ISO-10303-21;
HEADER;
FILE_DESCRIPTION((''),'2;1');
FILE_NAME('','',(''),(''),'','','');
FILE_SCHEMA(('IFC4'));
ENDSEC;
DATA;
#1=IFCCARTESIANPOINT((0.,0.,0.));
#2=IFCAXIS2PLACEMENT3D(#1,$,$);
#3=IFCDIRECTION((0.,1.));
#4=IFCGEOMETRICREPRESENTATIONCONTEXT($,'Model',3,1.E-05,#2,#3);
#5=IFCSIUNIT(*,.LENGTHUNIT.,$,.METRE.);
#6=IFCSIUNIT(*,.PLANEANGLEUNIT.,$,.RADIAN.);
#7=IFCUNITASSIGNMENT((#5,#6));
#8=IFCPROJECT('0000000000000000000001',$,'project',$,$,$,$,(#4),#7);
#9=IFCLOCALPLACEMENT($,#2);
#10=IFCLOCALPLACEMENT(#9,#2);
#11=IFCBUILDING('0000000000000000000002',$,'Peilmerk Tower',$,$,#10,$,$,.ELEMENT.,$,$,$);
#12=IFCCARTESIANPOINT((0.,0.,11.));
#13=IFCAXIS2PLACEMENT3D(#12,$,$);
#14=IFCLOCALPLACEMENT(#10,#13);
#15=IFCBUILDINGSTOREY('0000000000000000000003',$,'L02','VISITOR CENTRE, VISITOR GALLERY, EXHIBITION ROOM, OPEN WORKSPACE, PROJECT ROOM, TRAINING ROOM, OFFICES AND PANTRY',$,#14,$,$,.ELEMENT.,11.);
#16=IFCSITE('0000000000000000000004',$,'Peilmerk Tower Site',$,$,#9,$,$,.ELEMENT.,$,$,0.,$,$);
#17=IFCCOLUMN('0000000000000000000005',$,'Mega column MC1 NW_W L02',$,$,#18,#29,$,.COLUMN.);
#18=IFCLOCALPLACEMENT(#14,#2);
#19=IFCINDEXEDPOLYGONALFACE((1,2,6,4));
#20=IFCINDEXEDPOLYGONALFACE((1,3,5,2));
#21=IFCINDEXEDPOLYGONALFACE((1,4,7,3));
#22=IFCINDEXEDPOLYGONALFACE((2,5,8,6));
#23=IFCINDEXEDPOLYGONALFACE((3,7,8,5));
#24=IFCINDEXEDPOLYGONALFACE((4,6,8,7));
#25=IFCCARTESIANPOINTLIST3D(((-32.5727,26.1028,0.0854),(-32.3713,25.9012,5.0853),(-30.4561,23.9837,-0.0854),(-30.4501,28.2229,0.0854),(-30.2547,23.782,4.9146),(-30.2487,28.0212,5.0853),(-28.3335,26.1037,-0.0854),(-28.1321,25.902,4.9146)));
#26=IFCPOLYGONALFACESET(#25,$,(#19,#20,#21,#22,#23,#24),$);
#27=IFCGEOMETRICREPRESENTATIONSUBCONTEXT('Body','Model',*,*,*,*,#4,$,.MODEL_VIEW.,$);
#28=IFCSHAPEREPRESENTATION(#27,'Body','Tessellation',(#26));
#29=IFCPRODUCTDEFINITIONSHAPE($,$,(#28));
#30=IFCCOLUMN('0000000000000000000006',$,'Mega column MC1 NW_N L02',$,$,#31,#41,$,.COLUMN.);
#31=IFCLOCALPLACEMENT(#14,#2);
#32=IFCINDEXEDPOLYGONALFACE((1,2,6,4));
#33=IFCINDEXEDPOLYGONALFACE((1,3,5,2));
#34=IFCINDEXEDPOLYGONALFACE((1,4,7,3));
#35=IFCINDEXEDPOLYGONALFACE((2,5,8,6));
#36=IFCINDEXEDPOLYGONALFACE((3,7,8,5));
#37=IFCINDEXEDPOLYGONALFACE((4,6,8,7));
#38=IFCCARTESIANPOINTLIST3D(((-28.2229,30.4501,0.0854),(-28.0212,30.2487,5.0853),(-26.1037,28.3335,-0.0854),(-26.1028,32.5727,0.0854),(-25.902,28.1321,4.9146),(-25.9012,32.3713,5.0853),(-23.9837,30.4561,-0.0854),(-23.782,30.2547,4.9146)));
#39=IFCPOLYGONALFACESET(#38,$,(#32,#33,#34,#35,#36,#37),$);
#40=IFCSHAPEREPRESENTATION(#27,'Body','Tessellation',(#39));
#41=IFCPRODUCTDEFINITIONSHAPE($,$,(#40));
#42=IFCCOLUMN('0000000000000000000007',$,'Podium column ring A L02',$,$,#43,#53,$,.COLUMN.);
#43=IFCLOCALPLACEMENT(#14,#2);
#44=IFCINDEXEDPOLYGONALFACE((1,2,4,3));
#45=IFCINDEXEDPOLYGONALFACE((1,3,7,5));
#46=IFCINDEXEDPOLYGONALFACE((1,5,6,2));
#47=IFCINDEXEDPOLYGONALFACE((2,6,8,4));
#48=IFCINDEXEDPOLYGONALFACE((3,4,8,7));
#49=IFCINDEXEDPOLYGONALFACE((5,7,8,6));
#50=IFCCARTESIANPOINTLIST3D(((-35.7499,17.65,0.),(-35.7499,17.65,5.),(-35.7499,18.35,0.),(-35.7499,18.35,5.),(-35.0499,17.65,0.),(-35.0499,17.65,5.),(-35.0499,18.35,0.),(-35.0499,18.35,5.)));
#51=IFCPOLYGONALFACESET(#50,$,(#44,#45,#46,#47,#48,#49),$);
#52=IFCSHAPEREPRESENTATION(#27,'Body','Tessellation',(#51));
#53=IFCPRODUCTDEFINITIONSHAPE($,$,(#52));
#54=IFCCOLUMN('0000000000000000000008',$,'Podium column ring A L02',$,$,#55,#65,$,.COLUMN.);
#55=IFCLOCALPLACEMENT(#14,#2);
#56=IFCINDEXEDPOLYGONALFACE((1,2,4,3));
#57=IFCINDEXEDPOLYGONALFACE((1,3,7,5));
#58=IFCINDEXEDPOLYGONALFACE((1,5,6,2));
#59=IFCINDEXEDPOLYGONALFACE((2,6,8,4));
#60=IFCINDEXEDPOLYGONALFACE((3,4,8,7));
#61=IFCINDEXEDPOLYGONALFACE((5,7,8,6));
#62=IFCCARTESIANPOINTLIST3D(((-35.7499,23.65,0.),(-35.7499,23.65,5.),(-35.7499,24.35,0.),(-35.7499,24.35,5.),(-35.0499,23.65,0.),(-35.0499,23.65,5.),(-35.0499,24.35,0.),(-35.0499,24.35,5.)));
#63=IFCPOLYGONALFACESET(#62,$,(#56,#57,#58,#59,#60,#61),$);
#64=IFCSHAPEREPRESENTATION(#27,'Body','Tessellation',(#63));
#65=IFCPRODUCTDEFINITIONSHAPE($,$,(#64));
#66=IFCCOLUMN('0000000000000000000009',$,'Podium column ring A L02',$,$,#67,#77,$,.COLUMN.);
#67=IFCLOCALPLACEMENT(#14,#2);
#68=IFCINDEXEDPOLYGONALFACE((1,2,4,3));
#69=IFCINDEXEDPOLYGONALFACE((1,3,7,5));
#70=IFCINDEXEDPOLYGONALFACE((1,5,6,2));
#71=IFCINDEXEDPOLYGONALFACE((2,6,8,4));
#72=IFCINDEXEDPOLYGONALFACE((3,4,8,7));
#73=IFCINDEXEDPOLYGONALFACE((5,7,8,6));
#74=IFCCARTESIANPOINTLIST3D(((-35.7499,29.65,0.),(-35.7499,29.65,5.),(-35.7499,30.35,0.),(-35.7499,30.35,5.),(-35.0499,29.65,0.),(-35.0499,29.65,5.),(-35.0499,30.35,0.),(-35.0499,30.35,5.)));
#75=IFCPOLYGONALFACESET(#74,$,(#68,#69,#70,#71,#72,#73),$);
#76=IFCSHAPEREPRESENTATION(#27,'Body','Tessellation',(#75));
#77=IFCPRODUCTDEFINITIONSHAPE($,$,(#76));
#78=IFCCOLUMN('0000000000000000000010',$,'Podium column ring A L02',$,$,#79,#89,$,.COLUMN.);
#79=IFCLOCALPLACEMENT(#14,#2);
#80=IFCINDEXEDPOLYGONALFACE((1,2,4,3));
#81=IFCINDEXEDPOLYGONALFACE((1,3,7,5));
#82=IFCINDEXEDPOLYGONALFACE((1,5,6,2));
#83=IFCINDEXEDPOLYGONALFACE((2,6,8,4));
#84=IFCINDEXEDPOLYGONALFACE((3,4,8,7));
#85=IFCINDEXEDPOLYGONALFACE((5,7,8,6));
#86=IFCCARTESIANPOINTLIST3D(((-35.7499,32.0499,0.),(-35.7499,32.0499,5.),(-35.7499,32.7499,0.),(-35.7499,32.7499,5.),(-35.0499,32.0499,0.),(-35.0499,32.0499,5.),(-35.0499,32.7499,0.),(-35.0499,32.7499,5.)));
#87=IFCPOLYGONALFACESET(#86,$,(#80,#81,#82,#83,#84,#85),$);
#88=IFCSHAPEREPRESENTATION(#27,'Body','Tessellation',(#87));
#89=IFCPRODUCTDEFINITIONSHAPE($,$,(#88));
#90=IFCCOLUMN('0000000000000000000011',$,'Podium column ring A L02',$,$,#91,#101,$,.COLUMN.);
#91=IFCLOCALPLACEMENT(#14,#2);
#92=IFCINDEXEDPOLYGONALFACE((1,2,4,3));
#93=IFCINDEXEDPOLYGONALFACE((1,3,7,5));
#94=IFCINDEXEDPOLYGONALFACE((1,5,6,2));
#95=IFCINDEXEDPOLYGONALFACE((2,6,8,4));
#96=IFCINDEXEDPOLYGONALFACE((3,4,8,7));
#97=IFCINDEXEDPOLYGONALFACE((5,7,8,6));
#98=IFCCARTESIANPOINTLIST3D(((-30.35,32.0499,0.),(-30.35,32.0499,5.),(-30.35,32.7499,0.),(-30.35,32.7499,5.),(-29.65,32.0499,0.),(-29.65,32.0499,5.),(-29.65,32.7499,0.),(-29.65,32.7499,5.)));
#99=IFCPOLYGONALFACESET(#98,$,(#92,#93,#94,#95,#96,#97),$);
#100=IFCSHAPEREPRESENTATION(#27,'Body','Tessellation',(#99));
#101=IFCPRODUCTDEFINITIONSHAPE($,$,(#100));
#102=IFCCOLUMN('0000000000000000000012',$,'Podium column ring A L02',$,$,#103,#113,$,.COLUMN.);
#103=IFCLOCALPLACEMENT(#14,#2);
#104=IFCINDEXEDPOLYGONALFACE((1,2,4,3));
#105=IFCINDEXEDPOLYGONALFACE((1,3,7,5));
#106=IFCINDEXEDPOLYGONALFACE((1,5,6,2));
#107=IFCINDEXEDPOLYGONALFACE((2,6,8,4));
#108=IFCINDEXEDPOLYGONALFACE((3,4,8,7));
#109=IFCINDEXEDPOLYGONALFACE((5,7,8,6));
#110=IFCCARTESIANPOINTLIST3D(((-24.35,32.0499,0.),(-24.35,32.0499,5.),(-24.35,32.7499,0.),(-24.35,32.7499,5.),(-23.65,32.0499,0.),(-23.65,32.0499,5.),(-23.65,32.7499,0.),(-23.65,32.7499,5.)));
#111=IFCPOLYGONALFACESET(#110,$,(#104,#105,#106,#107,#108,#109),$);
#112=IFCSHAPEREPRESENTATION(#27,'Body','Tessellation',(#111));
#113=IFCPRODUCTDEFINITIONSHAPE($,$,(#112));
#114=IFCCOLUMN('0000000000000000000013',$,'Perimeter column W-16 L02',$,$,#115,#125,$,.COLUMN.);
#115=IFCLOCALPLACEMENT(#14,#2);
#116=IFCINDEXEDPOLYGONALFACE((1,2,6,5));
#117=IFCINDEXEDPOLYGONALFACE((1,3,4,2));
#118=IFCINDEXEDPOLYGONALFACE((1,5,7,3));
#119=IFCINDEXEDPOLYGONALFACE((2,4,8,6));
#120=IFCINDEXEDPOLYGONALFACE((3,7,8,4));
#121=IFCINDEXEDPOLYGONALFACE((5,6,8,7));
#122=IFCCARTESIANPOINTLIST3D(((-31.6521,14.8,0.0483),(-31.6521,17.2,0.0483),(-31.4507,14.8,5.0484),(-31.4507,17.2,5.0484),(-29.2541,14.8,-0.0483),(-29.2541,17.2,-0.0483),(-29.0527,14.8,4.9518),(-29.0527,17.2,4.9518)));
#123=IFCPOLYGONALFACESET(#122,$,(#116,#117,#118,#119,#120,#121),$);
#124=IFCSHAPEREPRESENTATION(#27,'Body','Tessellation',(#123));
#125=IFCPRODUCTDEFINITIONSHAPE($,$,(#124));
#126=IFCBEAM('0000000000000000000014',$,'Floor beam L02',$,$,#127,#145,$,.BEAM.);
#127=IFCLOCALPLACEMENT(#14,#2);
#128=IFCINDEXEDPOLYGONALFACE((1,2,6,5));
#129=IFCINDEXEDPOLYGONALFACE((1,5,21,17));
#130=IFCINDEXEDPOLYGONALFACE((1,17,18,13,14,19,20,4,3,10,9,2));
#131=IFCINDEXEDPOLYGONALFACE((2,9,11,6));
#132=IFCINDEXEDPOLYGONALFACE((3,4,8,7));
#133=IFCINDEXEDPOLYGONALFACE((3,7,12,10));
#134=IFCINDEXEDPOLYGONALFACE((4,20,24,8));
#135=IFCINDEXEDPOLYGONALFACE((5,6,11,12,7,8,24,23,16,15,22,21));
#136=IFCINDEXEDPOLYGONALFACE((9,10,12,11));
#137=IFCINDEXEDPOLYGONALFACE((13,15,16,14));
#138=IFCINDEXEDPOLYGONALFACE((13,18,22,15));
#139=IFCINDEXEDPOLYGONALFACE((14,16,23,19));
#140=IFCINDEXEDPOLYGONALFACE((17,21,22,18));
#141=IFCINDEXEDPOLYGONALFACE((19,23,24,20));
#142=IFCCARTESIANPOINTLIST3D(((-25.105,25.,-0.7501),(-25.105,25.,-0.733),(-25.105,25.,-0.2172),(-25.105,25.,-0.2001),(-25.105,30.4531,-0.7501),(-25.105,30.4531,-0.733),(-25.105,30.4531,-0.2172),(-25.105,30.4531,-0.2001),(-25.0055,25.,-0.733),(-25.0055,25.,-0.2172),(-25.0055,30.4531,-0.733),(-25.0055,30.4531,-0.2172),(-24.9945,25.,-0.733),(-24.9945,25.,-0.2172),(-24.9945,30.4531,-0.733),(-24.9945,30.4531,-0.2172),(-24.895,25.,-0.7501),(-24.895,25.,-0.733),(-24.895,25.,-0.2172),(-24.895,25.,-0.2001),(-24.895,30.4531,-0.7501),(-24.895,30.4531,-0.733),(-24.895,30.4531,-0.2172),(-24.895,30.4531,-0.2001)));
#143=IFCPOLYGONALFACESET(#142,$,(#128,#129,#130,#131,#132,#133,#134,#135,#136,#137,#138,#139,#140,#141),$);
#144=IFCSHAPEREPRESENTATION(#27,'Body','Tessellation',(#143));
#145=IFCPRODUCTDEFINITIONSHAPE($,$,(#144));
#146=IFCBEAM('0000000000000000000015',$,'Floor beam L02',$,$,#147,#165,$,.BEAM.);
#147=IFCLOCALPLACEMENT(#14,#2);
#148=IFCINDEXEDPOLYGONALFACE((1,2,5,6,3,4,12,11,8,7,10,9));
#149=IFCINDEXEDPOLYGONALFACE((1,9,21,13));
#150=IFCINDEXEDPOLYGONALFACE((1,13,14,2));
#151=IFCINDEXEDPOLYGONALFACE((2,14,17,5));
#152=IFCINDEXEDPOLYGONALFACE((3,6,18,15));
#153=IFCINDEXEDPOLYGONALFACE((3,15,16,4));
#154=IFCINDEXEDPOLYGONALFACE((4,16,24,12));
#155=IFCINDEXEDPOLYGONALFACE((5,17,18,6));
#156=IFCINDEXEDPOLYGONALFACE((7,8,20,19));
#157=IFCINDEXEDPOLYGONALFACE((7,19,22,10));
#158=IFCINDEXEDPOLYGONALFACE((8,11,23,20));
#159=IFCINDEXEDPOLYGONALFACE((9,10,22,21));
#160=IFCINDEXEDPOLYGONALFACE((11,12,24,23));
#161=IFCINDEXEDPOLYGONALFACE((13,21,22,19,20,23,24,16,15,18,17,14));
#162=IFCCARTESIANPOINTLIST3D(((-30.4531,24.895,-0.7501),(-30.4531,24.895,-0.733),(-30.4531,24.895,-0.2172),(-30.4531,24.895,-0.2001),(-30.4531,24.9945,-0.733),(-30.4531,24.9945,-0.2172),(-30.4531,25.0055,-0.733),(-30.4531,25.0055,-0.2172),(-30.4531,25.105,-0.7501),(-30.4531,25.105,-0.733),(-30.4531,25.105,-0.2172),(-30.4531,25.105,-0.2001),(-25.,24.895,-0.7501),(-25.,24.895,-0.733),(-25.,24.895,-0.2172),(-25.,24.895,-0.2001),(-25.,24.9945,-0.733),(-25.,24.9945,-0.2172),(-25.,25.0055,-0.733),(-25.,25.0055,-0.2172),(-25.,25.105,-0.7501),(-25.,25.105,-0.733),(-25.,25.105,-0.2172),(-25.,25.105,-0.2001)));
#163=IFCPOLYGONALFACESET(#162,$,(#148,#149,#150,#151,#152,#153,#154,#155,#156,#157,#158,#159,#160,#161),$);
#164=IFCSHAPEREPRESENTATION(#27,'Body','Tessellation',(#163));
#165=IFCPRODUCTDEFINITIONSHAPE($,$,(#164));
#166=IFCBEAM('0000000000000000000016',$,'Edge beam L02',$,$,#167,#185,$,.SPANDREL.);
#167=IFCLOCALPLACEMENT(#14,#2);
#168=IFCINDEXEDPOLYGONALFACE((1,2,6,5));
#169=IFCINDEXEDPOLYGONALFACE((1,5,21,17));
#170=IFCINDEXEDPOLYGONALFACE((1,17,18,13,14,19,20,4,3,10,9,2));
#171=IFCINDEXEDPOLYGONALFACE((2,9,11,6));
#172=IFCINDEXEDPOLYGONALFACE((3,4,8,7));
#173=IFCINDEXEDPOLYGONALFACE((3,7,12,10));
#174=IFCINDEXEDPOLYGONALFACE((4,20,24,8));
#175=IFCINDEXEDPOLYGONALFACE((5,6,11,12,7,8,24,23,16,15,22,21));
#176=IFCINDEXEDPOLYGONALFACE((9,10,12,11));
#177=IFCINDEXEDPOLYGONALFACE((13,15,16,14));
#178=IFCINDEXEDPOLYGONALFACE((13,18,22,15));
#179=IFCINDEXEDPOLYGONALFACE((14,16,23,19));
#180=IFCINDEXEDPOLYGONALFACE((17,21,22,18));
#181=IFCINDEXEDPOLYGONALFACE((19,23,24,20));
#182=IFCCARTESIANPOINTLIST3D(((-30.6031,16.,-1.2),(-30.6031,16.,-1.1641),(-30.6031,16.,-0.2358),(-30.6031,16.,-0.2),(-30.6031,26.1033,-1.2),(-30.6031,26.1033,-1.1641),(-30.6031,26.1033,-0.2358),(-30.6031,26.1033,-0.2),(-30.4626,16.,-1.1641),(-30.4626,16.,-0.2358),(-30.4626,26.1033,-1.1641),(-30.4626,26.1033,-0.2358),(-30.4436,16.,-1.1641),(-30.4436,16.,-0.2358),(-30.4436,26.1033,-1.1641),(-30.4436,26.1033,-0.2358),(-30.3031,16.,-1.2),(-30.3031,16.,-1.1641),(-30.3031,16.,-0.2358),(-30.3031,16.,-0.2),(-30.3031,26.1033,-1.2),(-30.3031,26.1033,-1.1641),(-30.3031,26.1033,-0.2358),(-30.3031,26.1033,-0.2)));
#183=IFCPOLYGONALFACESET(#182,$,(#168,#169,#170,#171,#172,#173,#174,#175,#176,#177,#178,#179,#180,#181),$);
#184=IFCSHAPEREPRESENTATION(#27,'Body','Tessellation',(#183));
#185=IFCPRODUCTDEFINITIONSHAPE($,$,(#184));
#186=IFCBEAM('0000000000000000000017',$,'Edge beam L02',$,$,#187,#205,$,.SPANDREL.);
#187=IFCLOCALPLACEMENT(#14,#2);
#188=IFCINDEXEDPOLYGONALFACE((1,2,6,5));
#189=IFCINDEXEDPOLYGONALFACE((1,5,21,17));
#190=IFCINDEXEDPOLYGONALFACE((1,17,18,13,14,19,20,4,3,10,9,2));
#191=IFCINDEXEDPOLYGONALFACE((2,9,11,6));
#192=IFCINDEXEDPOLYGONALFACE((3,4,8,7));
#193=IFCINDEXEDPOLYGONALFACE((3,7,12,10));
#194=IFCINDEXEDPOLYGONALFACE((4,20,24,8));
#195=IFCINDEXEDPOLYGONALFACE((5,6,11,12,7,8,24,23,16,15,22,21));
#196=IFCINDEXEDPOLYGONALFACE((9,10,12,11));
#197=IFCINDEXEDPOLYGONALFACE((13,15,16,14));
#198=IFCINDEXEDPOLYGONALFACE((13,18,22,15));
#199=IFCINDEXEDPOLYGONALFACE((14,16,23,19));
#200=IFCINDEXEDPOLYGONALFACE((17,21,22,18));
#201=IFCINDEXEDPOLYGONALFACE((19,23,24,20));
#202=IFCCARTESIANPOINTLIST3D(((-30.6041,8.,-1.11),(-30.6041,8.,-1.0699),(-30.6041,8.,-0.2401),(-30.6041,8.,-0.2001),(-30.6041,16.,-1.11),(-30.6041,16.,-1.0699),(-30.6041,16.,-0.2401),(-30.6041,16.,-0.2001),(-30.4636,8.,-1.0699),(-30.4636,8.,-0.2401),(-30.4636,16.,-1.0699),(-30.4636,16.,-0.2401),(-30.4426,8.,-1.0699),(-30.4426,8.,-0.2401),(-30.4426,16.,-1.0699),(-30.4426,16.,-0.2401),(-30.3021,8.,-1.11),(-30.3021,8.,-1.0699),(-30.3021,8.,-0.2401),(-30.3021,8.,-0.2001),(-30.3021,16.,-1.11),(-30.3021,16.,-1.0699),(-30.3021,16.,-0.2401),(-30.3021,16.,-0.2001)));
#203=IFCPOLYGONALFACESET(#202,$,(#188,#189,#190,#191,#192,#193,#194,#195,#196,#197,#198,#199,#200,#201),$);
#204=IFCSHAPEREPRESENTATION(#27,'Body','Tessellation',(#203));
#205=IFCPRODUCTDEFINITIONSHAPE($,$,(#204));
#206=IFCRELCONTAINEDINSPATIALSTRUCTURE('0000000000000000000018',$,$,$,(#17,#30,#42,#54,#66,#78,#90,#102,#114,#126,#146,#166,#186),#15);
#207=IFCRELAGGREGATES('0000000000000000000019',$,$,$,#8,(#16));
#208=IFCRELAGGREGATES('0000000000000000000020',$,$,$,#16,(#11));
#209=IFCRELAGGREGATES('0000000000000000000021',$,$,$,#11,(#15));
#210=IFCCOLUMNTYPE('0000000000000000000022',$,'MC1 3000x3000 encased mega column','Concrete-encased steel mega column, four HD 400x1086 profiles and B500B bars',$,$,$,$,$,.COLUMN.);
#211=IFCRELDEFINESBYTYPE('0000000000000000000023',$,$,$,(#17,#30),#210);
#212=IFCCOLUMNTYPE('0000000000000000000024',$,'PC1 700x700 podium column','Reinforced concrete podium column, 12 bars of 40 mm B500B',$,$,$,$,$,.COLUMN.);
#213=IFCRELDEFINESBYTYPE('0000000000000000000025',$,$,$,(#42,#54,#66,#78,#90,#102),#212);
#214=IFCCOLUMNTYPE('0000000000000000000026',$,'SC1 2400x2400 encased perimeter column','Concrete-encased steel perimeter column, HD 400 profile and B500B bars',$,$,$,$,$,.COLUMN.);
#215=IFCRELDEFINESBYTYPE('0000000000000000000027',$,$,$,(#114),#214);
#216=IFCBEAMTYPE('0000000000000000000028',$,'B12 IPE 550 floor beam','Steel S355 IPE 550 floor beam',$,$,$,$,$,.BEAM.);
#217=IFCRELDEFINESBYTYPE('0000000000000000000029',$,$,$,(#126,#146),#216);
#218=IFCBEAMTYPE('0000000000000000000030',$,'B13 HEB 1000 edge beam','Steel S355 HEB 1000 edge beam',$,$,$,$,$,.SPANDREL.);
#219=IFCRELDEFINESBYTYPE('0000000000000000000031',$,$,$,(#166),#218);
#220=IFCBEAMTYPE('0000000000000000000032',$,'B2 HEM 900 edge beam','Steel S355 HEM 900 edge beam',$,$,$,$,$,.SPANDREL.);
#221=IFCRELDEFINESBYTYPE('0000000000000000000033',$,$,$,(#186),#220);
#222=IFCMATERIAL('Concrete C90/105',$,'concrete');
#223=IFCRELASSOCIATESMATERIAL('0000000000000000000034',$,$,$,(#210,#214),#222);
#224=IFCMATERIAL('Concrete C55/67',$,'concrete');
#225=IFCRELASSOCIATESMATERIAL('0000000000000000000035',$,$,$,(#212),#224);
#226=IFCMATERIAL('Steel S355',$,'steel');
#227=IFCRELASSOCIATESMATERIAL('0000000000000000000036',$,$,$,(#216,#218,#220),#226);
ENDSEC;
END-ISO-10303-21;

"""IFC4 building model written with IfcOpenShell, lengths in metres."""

from ifc_helpers import new_model, si_unit, direction, frame, origin, origin_2d, place, context, subcontext, project, spatial, rectangle, i_section, extrude, material, material_profile, profile_set, type_object, element, save


model = new_model("IFC4")

# Units and contexts
model_context = context("Model", 3, precision=1e-05, world=origin(), true_north=direction((0.0, 1.0)))
body_context = subcontext(model_context, "Body", "Model", "MODEL_VIEW")
ifc_project = project(units=[si_unit("LENGTHUNIT", "METRE"), si_unit("PLANEANGLEUNIT", "RADIAN")], contexts=[model_context])

# Site, building, storey
site_placement = place(None, origin())
site = spatial("IfcSite", under=ifc_project, at=site_placement, Name="Peilmerk Tower Site", CompositionType="ELEMENT", RefElevation=0.0)
building_placement = place(site_placement, origin())
building = spatial("IfcBuilding", under=site, at=building_placement, Name="Peilmerk Tower", CompositionType="ELEMENT")
storey_placement = place(building_placement, frame((0.0, 0.0, 11.0)))
storey = spatial("IfcBuildingStorey", under=building, at=storey_placement, Name="L02", Description="VISITOR CENTRE, VISITOR GALLERY, EXHIBITION ROOM, OPEN WORKSPACE, PROJECT ROOM, TRAINING ROOM, OFFICES AND PANTRY", CompositionType="ELEMENT", Elevation=11.0)

# Columns
ifc_material_1 = material(Name="Concrete C90/105", Category="concrete")
ifc_material_profile_1 = material_profile(ifc_material_1, rectangle(XDim=3.0, YDim=3.0, at=origin_2d()), Name="RC 3000x3000")
ifc_profile_set_1 = profile_set([ifc_material_profile_1], Name="Concrete C90/105")
column_type_1 = type_object("IfcColumnType", Name="MC1 3000x3000 encased mega column", Description="Concrete-encased steel mega column, four HD 400x1086 profiles and B500B bars", PredefinedType="COLUMN", material=ifc_profile_set_1)
for number, where, z_axis, x_axis, name in (
    (1, (-30.4531, 26.1033, 0.0), (0.040218, -0.040267, 0.998379), (0.707535, 0.706678, 0.0), "Mega column MC1 NW_W L02"),
    (2, (-26.1033, 30.4531, 0.0), (0.040267, -0.040218, 0.998379), (0.706678, 0.707535, 0.0), "Mega column MC1 NW_N L02"),
):
    element("IfcColumn", number, at=place(storey_placement, frame(where, z_axis=z_axis, x_axis=x_axis)), inside=storey, type_object=column_type_1, Name=name, PredefinedType="COLUMN", context=body_context, shape_type="SweptSolid", body=[
        extrude(rectangle(XDim=3.0, YDim=3.0, at=origin_2d()), origin(), (0.0, 0.0, 1.0), 5.0081),
    ])
ifc_material_2 = material(Name="Concrete C55/67", Category="concrete")
ifc_material_profile_2 = material_profile(ifc_material_2, rectangle(XDim=0.7, YDim=0.7, at=origin_2d()), Name="RC 700x700")
ifc_profile_set_2 = profile_set([ifc_material_profile_2], Name="Concrete C55/67")
column_type_2 = type_object("IfcColumnType", Name="PC1 700x700 podium column", Description="Reinforced concrete podium column, 12 bars of 40 mm B500B", PredefinedType="COLUMN", material=ifc_profile_set_2)
for number, where, z_axis, x_axis, name in (
    (3, (-35.3999, 18.0, 0.0), (0.0, 0.0, 1.0), (1.0, 0.0, 0.0), "Podium column ring A L02"),
    (4, (-35.3999, 24.0, 0.0), (0.0, 0.0, 1.0), (1.0, 0.0, 0.0), "Podium column ring A L02"),
    (5, (-35.3999, 30.0, 0.0), (0.0, 0.0, 1.0), (1.0, 0.0, 0.0), "Podium column ring A L02"),
    (6, (-35.3999, 32.3999, 0.0), (0.0, 0.0, 1.0), (1.0, 0.0, 0.0), "Podium column ring A L02"),
    (7, (-30.0, 32.3999, 0.0), (0.0, 0.0, 1.0), (1.0, 0.0, 0.0), "Podium column ring A L02"),
    (8, (-24.0, 32.3999, 0.0), (0.0, 0.0, 1.0), (1.0, 0.0, 0.0), "Podium column ring A L02"),
):
    element("IfcColumn", number, at=place(storey_placement, frame(where, z_axis=z_axis, x_axis=x_axis)), inside=storey, type_object=column_type_2, Name=name, PredefinedType="COLUMN", context=body_context, shape_type="SweptSolid", body=[
        extrude(rectangle(XDim=0.7, YDim=0.7, at=origin_2d()), origin(), (0.0, 0.0, 1.0), 5.0),
    ])
ifc_material_profile_3 = material_profile(ifc_material_1, rectangle(XDim=2.3999, YDim=2.3999, at=origin_2d()), Name="RC 2400x2400")
ifc_profile_set_3 = profile_set([ifc_material_profile_3], Name="Concrete C90/105")
column_type_3 = type_object("IfcColumnType", Name="SC1 2400x2400 encased perimeter column", Description="Concrete-encased steel perimeter column, HD 400 profile and B500B bars", PredefinedType="COLUMN", material=ifc_profile_set_3)
column_placement = place(storey_placement, frame((-30.4531, 16.0, 0.0), z_axis=(0.040251, 0.0, 0.99919), x_axis=(0.0, 1.0, 0.0)))
element("IfcColumn", 9, at=column_placement, inside=storey, type_object=column_type_3, Name="Perimeter column W-16 L02", PredefinedType="COLUMN", context=body_context, shape_type="SweptSolid", body=[
    extrude(rectangle(XDim=2.3999, YDim=2.3999, at=origin_2d()), origin(), (0.0, 0.0, 1.0), 5.0042),
])

# Beams
ifc_material_3 = material(Name="Steel S355", Category="steel")
ifc_material_profile_4 = material_profile(ifc_material_3, i_section(OverallWidth=0.21, OverallDepth=0.55, WebThickness=0.011, FlangeThickness=0.0171, at=origin_2d()), Name="IPE 550")
ifc_profile_set_4 = profile_set([ifc_material_profile_4], Name="Steel S355")
beam_type_1 = type_object("IfcBeamType", Name="B12 IPE 550 floor beam", Description="Steel S355 IPE 550 floor beam", PredefinedType="BEAM", material=ifc_profile_set_4)
for number, where, z_axis, x_axis, name in (
    (10, (-25.0, 25.0, -0.4751), (0.0, 1.0, 0.0), (-1.0, 0.0, 0.0), "Floor beam L02"),
    (11, (-25.0, 25.0, -0.4751), (-1.0, 0.0, 0.0), (0.0, -1.0, 0.0), "Floor beam L02"),
):
    element("IfcBeam", number, at=place(storey_placement, frame(where, z_axis=z_axis, x_axis=x_axis)), inside=storey, type_object=beam_type_1, Name=name, PredefinedType="BEAM", context=body_context, shape_type="SweptSolid", body=[
        extrude(i_section(OverallWidth=0.21, OverallDepth=0.55, WebThickness=0.011, FlangeThickness=0.0171, at=origin_2d()), origin(), (0.0, 0.0, 1.0), 5.4531),
    ])
ifc_material_profile_5 = material_profile(ifc_material_3, i_section(OverallWidth=0.3, OverallDepth=1.0, WebThickness=0.019, FlangeThickness=0.0359, at=origin_2d()), Name="HEB 1000")
ifc_profile_set_5 = profile_set([ifc_material_profile_5], Name="Steel S355")
beam_type_2 = type_object("IfcBeamType", Name="B13 HEB 1000 edge beam", Description="Steel S355 HEB 1000 edge beam", PredefinedType="SPANDREL", material=ifc_profile_set_5)
beam_1_placement = place(storey_placement, frame((-30.4531, 26.1033, -0.7), z_axis=(0.0, -1.0, 0.0), x_axis=(1.0, 0.0, 0.0)))
element("IfcBeam", 12, at=beam_1_placement, inside=storey, type_object=beam_type_2, Name="Edge beam L02", PredefinedType="SPANDREL", context=body_context, shape_type="SweptSolid", body=[
    extrude(i_section(OverallWidth=0.3, OverallDepth=1.0, WebThickness=0.019, FlangeThickness=0.0359, at=origin_2d()), origin(), (0.0, 0.0, 1.0), 10.1033),
])
ifc_material_profile_6 = material_profile(ifc_material_3, i_section(OverallWidth=0.302, OverallDepth=0.9099, WebThickness=0.021, FlangeThickness=0.04, at=origin_2d()), Name="HEM 900")
ifc_profile_set_6 = profile_set([ifc_material_profile_6], Name="Steel S355")
beam_type_3 = type_object("IfcBeamType", Name="B2 HEM 900 edge beam", Description="Steel S355 HEM 900 edge beam", PredefinedType="SPANDREL", material=ifc_profile_set_6)
beam_2_placement = place(storey_placement, frame((-30.4531, 16.0, -0.655), z_axis=(0.0, -1.0, 0.0), x_axis=(1.0, 0.0, 0.0)))
element("IfcBeam", 13, at=beam_2_placement, inside=storey, type_object=beam_type_3, Name="Edge beam L02", PredefinedType="SPANDREL", context=body_context, shape_type="SweptSolid", body=[
    extrude(i_section(OverallWidth=0.302, OverallDepth=0.9099, WebThickness=0.021, FlangeThickness=0.04, at=origin_2d()), origin(), (0.0, 0.0, 1.0), 8.0),
])

save(model, "model.ifc")
